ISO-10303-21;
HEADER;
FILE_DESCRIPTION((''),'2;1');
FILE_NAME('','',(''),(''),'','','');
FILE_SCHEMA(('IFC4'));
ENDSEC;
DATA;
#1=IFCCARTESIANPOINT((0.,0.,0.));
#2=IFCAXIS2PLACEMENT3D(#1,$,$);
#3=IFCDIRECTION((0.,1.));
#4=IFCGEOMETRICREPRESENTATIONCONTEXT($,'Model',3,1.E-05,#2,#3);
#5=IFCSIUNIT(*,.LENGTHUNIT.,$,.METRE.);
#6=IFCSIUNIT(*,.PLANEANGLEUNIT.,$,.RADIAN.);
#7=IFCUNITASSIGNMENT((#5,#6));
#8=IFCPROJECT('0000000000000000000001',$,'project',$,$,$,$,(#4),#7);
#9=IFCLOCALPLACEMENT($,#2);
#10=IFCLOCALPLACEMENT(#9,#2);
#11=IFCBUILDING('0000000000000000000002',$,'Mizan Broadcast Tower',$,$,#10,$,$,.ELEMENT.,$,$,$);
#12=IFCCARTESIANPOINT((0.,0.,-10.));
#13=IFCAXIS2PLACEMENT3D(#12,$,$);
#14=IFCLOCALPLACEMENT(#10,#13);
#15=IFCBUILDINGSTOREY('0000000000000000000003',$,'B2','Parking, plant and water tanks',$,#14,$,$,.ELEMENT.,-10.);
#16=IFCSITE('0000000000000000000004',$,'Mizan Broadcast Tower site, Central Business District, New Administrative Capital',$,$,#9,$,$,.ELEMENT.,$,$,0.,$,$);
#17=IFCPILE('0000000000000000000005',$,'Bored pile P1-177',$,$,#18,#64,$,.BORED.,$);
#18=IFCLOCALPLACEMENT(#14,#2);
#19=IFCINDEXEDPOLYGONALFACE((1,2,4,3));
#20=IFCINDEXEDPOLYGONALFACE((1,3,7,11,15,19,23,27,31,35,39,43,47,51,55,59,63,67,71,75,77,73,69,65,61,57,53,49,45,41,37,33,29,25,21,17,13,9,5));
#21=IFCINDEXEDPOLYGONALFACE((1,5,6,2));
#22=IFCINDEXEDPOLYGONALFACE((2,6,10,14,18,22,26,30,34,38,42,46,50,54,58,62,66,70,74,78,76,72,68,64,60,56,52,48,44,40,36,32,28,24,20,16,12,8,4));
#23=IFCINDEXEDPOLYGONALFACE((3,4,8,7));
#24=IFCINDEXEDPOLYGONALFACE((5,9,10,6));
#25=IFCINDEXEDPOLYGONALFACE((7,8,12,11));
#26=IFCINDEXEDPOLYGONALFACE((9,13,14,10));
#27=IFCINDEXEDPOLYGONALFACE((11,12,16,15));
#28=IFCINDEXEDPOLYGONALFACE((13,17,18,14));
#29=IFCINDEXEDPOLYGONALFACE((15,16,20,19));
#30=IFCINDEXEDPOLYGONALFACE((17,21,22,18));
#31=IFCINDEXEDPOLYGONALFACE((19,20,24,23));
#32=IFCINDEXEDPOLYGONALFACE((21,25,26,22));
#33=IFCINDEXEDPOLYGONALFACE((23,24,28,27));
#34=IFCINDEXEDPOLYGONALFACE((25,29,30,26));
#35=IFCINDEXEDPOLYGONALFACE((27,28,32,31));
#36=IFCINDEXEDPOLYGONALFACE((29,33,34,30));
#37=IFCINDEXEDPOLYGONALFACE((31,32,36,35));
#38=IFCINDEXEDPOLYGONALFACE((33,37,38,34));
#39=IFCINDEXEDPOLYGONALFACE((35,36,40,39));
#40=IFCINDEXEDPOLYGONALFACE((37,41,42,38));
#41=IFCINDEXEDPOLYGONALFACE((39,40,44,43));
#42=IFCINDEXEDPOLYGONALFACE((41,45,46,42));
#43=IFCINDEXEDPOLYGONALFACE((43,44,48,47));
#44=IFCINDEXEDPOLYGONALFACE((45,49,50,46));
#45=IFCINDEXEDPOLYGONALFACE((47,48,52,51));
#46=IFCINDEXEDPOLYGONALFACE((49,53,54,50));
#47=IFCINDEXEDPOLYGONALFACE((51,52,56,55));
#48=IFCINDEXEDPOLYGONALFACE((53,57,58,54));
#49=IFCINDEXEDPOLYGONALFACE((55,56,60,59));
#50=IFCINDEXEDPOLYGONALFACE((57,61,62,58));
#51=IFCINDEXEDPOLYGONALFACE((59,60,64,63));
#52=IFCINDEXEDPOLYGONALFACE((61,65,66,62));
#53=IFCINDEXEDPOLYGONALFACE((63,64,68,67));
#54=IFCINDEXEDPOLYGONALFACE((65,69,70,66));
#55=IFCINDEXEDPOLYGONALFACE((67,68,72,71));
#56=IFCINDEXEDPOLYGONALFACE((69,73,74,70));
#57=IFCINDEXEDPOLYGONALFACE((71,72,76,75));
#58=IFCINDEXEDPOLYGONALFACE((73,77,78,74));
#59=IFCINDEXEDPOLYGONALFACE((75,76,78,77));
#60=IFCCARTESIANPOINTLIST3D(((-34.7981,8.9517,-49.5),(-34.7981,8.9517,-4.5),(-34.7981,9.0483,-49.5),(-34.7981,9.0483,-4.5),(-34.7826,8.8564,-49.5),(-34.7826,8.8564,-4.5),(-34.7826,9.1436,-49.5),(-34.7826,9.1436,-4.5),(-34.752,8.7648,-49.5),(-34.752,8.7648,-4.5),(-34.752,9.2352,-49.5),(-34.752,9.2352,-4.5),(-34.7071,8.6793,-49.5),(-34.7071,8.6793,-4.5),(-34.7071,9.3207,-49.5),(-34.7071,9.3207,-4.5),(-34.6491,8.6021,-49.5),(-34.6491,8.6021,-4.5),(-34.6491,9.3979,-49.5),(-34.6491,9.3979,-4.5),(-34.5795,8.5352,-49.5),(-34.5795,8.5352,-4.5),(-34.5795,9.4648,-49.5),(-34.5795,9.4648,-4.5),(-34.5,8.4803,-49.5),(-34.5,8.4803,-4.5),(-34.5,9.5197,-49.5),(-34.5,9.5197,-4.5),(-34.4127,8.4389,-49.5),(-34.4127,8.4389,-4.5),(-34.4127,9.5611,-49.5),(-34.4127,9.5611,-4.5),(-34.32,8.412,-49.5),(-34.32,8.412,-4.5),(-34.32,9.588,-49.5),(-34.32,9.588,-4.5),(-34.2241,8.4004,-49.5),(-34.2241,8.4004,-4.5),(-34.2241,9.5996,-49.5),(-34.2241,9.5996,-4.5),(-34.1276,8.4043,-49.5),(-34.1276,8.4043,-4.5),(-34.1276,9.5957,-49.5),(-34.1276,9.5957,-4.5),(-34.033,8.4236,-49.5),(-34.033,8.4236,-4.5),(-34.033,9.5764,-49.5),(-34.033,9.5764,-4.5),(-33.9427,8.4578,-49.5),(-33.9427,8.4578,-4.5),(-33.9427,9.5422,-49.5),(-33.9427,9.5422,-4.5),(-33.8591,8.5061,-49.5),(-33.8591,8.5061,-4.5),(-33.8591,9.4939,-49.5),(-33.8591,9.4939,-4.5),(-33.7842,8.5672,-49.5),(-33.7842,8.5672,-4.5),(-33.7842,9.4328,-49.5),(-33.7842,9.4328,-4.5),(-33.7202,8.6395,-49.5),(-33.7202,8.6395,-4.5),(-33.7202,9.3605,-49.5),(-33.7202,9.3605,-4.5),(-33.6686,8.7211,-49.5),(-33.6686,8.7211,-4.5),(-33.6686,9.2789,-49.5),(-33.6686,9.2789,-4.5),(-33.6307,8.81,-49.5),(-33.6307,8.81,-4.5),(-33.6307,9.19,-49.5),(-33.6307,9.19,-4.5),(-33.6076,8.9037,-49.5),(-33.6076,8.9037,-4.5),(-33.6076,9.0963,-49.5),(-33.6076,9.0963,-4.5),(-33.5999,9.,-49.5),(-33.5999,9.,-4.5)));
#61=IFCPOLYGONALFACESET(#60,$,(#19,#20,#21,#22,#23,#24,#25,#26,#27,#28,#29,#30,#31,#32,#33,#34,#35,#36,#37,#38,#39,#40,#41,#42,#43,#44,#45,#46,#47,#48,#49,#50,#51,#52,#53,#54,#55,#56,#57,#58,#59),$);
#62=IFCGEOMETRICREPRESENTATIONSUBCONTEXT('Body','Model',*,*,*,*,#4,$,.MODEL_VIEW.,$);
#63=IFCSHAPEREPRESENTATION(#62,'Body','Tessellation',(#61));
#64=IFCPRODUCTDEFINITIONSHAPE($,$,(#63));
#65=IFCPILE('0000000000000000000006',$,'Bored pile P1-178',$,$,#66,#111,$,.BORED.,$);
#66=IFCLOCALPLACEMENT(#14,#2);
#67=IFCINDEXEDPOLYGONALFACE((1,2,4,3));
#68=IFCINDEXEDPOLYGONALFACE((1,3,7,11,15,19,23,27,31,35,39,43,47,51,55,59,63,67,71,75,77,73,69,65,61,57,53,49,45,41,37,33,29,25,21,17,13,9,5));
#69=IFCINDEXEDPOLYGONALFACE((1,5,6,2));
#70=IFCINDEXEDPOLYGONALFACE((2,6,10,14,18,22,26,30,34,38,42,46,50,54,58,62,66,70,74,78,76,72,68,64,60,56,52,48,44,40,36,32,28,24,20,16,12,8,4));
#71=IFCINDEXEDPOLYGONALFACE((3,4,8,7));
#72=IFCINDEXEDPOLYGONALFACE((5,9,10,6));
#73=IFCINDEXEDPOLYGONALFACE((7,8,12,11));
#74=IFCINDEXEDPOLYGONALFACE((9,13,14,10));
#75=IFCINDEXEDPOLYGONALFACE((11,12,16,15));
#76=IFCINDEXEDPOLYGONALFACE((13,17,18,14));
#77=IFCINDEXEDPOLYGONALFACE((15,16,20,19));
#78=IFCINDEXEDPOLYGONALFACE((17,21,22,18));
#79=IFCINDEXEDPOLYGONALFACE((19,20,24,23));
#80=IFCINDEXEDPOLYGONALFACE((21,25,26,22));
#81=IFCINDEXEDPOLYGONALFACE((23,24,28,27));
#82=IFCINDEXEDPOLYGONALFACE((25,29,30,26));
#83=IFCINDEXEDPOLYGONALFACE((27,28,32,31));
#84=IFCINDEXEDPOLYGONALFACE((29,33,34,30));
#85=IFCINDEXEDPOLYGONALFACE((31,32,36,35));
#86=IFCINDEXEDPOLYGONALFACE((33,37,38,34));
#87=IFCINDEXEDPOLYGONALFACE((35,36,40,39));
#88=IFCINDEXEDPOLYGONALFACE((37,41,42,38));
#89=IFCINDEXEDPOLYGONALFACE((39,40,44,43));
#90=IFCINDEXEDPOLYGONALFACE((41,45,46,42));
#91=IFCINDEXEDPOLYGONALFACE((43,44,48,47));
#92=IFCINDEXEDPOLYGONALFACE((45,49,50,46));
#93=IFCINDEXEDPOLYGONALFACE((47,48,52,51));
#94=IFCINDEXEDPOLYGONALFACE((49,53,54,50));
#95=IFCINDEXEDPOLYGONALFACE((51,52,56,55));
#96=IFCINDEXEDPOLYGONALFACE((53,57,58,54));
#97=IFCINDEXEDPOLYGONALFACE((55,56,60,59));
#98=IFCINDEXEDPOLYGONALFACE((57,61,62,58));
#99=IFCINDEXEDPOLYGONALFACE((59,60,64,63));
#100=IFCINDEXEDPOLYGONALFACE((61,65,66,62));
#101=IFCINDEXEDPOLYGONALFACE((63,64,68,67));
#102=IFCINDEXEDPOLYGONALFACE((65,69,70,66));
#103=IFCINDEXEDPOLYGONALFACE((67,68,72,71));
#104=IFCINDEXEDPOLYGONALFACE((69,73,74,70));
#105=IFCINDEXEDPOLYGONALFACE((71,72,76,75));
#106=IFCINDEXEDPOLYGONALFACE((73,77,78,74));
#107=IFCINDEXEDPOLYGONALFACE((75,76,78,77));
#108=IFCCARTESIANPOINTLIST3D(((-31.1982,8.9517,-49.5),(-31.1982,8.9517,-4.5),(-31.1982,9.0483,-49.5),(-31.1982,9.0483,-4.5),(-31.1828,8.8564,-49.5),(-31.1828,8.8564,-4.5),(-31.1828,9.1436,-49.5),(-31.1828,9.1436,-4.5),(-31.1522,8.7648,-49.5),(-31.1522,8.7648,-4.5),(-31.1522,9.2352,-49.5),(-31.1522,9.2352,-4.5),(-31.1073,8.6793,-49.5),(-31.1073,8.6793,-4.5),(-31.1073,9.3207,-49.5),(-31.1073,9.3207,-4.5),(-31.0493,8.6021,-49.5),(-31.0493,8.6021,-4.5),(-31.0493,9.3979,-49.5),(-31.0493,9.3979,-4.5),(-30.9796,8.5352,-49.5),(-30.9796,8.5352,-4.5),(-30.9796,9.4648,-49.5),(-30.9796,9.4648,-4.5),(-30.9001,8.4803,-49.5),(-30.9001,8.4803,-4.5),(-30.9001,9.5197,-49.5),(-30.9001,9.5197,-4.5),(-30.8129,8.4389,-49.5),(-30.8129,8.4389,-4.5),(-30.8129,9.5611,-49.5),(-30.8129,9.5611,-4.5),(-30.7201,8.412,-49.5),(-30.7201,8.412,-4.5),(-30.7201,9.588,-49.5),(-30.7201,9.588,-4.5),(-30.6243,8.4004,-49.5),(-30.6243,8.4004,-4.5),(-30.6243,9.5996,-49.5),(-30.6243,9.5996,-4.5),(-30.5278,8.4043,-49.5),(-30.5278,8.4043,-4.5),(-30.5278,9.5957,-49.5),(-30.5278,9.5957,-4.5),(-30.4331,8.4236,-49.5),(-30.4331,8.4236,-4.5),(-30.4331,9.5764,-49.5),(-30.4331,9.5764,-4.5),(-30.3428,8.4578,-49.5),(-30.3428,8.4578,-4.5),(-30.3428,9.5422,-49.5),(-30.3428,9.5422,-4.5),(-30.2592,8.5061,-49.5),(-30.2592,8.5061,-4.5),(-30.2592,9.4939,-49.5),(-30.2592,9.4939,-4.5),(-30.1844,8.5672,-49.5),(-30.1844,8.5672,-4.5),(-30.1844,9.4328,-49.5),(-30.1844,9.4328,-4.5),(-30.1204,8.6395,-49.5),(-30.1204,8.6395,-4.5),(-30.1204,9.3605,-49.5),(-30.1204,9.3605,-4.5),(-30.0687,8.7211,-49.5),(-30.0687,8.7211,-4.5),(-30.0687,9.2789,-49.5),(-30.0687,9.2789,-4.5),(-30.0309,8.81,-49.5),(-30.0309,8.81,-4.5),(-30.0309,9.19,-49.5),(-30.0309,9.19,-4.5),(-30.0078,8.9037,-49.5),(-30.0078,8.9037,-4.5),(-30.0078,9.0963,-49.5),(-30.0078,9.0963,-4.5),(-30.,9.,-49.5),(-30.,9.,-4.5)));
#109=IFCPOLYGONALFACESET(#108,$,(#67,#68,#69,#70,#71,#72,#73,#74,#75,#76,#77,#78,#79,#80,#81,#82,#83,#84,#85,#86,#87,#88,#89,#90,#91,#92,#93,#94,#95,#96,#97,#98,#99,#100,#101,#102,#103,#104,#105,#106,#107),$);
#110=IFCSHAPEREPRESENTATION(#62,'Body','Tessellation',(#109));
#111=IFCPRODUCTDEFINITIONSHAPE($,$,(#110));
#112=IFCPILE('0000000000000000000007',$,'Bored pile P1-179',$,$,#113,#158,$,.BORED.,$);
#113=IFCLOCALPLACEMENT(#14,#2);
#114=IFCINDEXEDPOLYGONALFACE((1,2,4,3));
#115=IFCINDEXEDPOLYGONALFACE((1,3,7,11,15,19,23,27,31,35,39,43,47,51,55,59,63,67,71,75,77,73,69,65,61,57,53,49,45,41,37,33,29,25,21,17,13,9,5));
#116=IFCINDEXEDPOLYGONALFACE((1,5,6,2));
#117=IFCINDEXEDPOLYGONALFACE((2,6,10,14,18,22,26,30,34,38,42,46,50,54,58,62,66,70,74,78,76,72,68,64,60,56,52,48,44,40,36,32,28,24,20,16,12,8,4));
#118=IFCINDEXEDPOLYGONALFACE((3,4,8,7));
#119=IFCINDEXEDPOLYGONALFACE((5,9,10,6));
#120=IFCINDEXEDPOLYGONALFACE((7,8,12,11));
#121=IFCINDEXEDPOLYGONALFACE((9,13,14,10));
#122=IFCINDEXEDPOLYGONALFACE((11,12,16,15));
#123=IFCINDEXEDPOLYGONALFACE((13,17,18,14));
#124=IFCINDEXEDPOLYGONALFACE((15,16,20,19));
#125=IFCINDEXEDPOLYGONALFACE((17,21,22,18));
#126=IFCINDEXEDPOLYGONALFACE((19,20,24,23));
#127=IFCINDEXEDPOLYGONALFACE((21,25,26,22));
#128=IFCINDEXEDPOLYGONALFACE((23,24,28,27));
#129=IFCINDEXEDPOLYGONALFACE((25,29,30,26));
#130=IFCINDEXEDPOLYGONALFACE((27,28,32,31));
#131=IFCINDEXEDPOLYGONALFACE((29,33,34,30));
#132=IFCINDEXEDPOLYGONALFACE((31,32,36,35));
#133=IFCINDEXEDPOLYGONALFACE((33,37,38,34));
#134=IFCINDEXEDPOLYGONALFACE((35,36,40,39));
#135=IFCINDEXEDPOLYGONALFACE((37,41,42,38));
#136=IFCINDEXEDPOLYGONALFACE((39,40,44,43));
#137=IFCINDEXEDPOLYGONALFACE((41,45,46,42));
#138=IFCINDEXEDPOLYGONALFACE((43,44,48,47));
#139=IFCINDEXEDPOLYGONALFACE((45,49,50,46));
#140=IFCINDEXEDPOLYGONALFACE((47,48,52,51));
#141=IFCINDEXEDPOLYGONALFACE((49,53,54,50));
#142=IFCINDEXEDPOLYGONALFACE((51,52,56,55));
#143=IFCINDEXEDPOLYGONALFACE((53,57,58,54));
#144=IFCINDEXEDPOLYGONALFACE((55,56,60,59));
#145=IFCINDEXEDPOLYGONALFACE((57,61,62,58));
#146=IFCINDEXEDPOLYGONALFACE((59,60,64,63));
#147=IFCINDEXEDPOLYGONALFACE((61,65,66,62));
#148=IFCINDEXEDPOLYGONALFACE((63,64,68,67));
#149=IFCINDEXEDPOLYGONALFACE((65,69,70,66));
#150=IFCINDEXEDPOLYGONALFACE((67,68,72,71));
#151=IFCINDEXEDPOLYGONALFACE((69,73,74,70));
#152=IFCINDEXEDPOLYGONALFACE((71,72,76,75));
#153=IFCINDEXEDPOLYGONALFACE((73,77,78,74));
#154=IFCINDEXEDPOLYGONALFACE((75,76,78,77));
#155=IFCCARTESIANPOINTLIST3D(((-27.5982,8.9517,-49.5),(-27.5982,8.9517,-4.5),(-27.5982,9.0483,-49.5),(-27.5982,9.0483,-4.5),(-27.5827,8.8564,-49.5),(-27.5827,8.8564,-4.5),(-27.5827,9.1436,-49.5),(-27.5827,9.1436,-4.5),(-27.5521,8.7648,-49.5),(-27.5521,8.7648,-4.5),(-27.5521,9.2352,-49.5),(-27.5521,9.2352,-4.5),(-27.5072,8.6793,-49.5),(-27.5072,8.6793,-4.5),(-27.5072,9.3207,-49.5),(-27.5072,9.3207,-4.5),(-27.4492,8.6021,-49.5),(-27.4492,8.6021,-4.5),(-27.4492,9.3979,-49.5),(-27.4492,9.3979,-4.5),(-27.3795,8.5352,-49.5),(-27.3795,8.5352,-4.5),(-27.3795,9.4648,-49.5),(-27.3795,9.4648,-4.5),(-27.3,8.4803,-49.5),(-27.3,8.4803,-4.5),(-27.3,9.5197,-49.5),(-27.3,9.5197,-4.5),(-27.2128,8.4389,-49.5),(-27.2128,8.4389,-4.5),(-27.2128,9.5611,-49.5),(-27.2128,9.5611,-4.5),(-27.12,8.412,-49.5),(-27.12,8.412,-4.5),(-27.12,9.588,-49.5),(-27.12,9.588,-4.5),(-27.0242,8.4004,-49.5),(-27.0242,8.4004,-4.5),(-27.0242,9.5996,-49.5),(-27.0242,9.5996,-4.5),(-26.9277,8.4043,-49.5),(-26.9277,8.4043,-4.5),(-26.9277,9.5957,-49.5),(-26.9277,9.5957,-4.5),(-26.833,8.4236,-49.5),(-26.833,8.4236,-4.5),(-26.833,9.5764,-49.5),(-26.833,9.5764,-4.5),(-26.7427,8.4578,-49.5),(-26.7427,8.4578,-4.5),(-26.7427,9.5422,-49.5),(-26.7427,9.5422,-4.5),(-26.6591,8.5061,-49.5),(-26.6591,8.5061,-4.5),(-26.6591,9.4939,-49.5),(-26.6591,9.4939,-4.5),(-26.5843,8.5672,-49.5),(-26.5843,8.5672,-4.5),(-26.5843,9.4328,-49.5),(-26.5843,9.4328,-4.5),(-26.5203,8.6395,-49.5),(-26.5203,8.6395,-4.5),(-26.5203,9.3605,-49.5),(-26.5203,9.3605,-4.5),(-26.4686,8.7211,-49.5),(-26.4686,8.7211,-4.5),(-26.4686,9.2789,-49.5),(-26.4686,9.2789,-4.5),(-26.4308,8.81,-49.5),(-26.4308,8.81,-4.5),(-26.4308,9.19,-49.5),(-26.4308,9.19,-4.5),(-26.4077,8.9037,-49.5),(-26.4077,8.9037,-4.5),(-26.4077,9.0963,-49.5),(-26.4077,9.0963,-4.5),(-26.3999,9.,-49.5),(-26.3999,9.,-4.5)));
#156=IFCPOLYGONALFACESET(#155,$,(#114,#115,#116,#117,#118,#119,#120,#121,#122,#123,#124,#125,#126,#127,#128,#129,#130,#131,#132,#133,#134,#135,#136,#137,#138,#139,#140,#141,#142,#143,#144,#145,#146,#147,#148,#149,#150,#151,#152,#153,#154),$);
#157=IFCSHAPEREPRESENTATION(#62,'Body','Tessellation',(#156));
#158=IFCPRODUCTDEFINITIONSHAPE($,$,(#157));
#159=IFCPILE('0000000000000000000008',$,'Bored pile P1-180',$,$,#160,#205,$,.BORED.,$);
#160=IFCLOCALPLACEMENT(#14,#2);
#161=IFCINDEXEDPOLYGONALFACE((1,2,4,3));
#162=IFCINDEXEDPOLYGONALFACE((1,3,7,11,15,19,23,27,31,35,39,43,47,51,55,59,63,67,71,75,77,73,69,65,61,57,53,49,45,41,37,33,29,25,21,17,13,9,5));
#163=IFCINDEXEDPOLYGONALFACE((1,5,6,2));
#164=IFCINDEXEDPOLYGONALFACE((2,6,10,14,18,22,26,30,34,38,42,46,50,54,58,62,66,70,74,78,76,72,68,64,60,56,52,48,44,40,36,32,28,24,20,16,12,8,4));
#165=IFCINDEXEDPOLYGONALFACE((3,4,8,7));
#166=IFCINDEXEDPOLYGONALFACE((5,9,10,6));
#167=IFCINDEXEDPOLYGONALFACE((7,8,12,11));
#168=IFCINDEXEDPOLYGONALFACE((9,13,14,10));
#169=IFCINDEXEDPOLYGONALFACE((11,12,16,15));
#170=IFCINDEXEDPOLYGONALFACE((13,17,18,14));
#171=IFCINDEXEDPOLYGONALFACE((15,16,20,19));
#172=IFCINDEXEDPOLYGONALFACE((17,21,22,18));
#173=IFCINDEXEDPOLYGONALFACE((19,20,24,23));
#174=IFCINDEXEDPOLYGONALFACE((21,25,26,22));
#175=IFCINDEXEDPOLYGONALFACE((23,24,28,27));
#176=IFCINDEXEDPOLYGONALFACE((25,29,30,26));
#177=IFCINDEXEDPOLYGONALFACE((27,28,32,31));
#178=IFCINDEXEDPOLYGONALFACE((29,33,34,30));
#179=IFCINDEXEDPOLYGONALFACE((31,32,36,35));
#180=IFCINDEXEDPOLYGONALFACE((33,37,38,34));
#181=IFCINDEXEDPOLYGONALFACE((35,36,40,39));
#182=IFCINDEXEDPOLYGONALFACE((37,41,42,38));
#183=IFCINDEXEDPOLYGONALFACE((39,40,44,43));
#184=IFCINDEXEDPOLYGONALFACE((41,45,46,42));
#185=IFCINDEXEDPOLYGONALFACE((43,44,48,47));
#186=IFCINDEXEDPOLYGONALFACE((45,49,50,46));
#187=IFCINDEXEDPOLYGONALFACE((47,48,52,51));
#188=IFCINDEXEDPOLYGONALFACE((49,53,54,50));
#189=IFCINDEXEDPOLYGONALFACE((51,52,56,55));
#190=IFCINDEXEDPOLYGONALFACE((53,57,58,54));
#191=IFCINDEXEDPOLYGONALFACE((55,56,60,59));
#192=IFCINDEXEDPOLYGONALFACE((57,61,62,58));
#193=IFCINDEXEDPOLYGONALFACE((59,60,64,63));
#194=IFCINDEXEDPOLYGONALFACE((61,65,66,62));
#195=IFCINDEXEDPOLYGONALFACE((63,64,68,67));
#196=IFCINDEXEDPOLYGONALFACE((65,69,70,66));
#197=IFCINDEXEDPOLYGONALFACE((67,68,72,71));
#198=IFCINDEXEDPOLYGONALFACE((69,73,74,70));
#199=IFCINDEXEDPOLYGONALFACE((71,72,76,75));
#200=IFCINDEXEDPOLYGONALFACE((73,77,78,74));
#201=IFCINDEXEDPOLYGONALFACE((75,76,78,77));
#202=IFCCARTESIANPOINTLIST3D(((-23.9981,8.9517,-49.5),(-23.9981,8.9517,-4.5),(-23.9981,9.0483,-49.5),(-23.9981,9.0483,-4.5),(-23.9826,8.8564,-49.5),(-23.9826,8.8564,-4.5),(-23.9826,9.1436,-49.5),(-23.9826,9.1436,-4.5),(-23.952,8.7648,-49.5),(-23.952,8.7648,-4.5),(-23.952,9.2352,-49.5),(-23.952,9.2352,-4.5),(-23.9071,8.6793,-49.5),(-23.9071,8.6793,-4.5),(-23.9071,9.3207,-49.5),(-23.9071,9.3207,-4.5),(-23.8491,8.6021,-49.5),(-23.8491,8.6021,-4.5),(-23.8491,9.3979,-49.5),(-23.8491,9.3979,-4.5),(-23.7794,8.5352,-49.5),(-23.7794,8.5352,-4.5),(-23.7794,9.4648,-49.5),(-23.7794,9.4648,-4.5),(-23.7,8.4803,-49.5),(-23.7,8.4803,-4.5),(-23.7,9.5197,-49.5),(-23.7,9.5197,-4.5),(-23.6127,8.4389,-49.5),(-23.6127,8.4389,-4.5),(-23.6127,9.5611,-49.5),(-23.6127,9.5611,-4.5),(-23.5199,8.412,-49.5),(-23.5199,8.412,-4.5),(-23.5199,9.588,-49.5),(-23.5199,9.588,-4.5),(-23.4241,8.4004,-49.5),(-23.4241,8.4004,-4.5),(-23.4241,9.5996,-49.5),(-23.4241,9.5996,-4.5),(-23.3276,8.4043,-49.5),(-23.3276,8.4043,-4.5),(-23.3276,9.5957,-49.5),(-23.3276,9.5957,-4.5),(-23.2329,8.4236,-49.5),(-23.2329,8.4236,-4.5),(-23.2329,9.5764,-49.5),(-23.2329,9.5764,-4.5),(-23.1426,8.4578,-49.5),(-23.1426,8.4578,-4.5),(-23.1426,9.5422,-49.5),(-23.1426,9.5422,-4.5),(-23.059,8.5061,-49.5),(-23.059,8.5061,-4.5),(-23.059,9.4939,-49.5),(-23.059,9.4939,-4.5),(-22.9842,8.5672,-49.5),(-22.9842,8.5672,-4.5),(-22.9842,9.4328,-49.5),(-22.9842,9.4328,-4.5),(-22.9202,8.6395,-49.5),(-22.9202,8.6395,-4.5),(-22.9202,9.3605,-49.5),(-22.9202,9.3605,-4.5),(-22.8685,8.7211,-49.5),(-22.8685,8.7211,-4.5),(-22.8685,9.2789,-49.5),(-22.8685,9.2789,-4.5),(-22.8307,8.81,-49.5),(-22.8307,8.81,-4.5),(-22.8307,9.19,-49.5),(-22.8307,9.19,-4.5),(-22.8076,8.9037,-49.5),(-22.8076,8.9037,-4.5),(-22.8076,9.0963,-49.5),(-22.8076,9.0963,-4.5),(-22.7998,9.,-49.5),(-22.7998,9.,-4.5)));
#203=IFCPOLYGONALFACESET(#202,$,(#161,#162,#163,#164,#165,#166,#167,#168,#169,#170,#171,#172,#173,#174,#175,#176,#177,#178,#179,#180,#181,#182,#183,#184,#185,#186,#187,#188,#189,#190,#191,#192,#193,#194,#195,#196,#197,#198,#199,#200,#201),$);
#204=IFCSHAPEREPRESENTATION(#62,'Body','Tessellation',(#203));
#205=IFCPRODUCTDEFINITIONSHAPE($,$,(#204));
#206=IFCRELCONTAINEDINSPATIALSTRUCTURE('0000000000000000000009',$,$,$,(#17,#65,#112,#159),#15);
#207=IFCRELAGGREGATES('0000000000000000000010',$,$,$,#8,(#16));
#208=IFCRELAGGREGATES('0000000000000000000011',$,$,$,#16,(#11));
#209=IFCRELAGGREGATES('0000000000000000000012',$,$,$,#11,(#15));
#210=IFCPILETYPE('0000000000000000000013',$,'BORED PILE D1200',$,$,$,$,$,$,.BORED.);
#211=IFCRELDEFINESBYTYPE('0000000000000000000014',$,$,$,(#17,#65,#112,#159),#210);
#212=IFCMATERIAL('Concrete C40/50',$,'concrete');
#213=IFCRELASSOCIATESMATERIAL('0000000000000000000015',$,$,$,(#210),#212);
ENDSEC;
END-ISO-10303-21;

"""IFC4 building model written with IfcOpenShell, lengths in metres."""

from ifc_helpers import new_model, si_unit, direction, frame, origin, origin_2d, place, context, subcontext, project, spatial, circle, extrude, material, material_profile, profile_set, type_object, element, save


model = new_model("IFC4")

# Units and contexts
model_context = context("Model", 3, precision=1e-05, world=origin(), true_north=direction((0.0, 1.0)))
body_context = subcontext(model_context, "Body", "Model", "MODEL_VIEW")
ifc_project = project(units=[si_unit("LENGTHUNIT", "METRE"), si_unit("PLANEANGLEUNIT", "RADIAN")], contexts=[model_context])

# Site, building, storey
site_placement = place(None, origin())
site = spatial("IfcSite", under=ifc_project, at=site_placement, Name="Mizan Broadcast Tower site, Central Business District, New Administrative Capital", CompositionType="ELEMENT", RefElevation=0.0)
building_placement = place(site_placement, origin())
building = spatial("IfcBuilding", under=site, at=building_placement, Name="Mizan Broadcast Tower", CompositionType="ELEMENT")
storey_placement = place(building_placement, frame((0.0, 0.0, -10.0)))
storey = spatial("IfcBuildingStorey", under=building, at=storey_placement, Name="B2", Description="Parking, plant and water tanks", CompositionType="ELEMENT", Elevation=-10.0)

# Piles
ifc_material_1 = material(Name="Concrete C40/50", Category="concrete")
ifc_material_profile_1 = material_profile(ifc_material_1, circle(Radius=0.6001, at=origin_2d()), Name="D1200")
ifc_profile_set_1 = profile_set([ifc_material_profile_1], Name="Concrete C40/50")
pile_type_1 = type_object("IfcPileType", Name="BORED PILE D1200", PredefinedType="BORED", material=ifc_profile_set_1)
for number, where, z_axis, x_axis, name in (
    (1, (-34.2, 9.0, -4.5), (0.0, 0.0, -1.0), (1.0, 0.0, 0.0), "Bored pile P1-177"),
    (2, (-30.6001, 9.0, -4.5), (0.0, 0.0, -1.0), (1.0, 0.0, 0.0), "Bored pile P1-178"),
    (3, (-27.0, 9.0, -4.5), (0.0, 0.0, -1.0), (1.0, 0.0, 0.0), "Bored pile P1-179"),
    (4, (-23.3999, 9.0, -4.5), (0.0, 0.0, -1.0), (1.0, 0.0, 0.0), "Bored pile P1-180"),
):
    element("IfcPile", number, at=place(storey_placement, frame(where, z_axis=z_axis, x_axis=x_axis)), inside=storey, type_object=pile_type_1, Name=name, PredefinedType="BORED", context=body_context, shape_type="SweptSolid", body=[
        extrude(circle(Radius=0.6001, at=origin_2d()), origin(), (0.0, 0.0, 1.0), 45.0),
    ])

save(model, "model.ifc")
